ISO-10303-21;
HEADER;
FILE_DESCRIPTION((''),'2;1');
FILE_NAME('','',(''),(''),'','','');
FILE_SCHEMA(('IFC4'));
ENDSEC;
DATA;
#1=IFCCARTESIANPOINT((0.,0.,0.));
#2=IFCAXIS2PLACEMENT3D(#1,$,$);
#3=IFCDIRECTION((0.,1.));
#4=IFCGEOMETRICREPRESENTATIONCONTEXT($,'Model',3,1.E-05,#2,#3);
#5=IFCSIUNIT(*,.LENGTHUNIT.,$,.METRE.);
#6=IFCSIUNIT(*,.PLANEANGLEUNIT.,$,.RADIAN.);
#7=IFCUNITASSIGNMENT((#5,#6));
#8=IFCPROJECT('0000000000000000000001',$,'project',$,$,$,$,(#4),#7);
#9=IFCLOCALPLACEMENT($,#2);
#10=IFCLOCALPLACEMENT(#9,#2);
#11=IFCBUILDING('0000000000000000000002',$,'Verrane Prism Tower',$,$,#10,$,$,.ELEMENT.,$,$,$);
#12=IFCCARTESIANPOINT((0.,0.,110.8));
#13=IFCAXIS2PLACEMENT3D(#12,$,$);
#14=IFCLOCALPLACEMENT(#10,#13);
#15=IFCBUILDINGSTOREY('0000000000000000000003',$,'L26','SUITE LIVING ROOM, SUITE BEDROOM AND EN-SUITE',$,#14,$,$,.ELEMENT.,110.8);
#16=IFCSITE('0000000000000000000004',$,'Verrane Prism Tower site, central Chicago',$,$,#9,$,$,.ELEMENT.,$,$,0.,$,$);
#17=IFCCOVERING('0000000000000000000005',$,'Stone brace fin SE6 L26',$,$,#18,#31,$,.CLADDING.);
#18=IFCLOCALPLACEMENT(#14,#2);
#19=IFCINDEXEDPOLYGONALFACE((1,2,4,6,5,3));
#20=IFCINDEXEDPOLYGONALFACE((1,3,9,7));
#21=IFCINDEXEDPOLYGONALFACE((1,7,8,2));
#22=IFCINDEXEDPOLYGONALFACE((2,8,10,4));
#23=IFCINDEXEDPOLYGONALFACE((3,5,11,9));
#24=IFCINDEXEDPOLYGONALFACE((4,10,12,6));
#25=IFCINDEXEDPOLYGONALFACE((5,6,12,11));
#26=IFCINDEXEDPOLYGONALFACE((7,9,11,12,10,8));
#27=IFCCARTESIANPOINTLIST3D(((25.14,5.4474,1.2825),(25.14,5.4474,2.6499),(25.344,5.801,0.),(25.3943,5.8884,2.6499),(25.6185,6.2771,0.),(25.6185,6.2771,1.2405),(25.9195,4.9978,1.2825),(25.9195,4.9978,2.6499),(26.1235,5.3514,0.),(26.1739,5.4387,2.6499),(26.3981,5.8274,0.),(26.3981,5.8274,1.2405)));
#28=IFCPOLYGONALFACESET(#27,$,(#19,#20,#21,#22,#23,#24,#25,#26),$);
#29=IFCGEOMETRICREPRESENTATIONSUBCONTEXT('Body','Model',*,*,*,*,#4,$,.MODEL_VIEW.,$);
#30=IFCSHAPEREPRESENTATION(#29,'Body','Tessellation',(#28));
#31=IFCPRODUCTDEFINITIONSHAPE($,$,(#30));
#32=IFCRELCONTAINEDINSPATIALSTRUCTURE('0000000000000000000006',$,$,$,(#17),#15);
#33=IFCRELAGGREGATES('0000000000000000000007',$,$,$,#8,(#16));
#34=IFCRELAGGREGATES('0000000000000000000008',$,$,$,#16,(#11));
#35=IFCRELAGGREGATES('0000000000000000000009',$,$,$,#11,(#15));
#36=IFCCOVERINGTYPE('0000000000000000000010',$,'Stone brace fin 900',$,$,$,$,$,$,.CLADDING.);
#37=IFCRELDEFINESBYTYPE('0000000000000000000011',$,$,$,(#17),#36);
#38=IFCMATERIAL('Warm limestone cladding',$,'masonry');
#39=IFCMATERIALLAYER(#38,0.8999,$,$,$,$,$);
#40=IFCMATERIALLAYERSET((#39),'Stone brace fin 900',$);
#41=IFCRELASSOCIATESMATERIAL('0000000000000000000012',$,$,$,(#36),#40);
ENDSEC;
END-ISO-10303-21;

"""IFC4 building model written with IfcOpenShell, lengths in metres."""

from ifc_helpers import new_model, si_unit, direction, frame, origin, place, context, subcontext, project, spatial, polyline, outline, extrude, material, layer, layer_set, type_object, element, save


model = new_model("IFC4")

# Units and contexts
model_context = context("Model", 3, precision=1e-05, world=origin(), true_north=direction((0.0, 1.0)))
body_context = subcontext(model_context, "Body", "Model", "MODEL_VIEW")
ifc_project = project(units=[si_unit("LENGTHUNIT", "METRE"), si_unit("PLANEANGLEUNIT", "RADIAN")], contexts=[model_context])

# Site, building, storey
site_placement = place(None, origin())
site = spatial("IfcSite", under=ifc_project, at=site_placement, Name="Verrane Prism Tower site, central Chicago", CompositionType="ELEMENT", RefElevation=0.0)
building_placement = place(site_placement, origin())
building = spatial("IfcBuilding", under=site, at=building_placement, Name="Verrane Prism Tower", CompositionType="ELEMENT")
storey_placement = place(building_placement, frame((0.0, 0.0, 110.8)))
storey = spatial("IfcBuildingStorey", under=building, at=storey_placement, Name="L26", Description="SUITE LIVING ROOM, SUITE BEDROOM AND EN-SUITE", CompositionType="ELEMENT", Elevation=110.8)

# Covering
ifc_material_1 = material(Name="Warm limestone cladding", Category="masonry")
ifc_layer_1 = layer(ifc_material_1, 0.8999)
ifc_layer_set_1 = layer_set([ifc_layer_1], Name="Stone brace fin 900")
covering_type = type_object("IfcCoveringType", Name="Stone brace fin 900", PredefinedType="CLADDING", material=ifc_layer_set_1)
covering_placement = place(storey_placement, frame((26.0083, 6.0522, 0.0), z_axis=(0.0, 0.0, 1.0), x_axis=(-0.499649, -0.866228, 0.0)))
element("IfcCovering", 1, at=covering_placement, inside=storey, type_object=covering_type, Name="Stone brace fin SE6 L26", PredefinedType="CLADDING", context=body_context, shape_type="SweptSolid", body=[
    extrude(outline(polyline([(0.9578, 2.6499), (0.4487, 2.6499), (0.0, 1.2405), (0.0, 0.0), (0.5496, 0.0), (0.9578, 1.2825), (0.9578, 2.6499)])), frame((0.0, 0.45, 0.0), z_axis=(0.0, -1.0, 0.0), x_axis=(1.0, 0.0, 0.0)), (0.0, 0.0, 1.0), 0.8999),
])

save(model, "model.ifc")
